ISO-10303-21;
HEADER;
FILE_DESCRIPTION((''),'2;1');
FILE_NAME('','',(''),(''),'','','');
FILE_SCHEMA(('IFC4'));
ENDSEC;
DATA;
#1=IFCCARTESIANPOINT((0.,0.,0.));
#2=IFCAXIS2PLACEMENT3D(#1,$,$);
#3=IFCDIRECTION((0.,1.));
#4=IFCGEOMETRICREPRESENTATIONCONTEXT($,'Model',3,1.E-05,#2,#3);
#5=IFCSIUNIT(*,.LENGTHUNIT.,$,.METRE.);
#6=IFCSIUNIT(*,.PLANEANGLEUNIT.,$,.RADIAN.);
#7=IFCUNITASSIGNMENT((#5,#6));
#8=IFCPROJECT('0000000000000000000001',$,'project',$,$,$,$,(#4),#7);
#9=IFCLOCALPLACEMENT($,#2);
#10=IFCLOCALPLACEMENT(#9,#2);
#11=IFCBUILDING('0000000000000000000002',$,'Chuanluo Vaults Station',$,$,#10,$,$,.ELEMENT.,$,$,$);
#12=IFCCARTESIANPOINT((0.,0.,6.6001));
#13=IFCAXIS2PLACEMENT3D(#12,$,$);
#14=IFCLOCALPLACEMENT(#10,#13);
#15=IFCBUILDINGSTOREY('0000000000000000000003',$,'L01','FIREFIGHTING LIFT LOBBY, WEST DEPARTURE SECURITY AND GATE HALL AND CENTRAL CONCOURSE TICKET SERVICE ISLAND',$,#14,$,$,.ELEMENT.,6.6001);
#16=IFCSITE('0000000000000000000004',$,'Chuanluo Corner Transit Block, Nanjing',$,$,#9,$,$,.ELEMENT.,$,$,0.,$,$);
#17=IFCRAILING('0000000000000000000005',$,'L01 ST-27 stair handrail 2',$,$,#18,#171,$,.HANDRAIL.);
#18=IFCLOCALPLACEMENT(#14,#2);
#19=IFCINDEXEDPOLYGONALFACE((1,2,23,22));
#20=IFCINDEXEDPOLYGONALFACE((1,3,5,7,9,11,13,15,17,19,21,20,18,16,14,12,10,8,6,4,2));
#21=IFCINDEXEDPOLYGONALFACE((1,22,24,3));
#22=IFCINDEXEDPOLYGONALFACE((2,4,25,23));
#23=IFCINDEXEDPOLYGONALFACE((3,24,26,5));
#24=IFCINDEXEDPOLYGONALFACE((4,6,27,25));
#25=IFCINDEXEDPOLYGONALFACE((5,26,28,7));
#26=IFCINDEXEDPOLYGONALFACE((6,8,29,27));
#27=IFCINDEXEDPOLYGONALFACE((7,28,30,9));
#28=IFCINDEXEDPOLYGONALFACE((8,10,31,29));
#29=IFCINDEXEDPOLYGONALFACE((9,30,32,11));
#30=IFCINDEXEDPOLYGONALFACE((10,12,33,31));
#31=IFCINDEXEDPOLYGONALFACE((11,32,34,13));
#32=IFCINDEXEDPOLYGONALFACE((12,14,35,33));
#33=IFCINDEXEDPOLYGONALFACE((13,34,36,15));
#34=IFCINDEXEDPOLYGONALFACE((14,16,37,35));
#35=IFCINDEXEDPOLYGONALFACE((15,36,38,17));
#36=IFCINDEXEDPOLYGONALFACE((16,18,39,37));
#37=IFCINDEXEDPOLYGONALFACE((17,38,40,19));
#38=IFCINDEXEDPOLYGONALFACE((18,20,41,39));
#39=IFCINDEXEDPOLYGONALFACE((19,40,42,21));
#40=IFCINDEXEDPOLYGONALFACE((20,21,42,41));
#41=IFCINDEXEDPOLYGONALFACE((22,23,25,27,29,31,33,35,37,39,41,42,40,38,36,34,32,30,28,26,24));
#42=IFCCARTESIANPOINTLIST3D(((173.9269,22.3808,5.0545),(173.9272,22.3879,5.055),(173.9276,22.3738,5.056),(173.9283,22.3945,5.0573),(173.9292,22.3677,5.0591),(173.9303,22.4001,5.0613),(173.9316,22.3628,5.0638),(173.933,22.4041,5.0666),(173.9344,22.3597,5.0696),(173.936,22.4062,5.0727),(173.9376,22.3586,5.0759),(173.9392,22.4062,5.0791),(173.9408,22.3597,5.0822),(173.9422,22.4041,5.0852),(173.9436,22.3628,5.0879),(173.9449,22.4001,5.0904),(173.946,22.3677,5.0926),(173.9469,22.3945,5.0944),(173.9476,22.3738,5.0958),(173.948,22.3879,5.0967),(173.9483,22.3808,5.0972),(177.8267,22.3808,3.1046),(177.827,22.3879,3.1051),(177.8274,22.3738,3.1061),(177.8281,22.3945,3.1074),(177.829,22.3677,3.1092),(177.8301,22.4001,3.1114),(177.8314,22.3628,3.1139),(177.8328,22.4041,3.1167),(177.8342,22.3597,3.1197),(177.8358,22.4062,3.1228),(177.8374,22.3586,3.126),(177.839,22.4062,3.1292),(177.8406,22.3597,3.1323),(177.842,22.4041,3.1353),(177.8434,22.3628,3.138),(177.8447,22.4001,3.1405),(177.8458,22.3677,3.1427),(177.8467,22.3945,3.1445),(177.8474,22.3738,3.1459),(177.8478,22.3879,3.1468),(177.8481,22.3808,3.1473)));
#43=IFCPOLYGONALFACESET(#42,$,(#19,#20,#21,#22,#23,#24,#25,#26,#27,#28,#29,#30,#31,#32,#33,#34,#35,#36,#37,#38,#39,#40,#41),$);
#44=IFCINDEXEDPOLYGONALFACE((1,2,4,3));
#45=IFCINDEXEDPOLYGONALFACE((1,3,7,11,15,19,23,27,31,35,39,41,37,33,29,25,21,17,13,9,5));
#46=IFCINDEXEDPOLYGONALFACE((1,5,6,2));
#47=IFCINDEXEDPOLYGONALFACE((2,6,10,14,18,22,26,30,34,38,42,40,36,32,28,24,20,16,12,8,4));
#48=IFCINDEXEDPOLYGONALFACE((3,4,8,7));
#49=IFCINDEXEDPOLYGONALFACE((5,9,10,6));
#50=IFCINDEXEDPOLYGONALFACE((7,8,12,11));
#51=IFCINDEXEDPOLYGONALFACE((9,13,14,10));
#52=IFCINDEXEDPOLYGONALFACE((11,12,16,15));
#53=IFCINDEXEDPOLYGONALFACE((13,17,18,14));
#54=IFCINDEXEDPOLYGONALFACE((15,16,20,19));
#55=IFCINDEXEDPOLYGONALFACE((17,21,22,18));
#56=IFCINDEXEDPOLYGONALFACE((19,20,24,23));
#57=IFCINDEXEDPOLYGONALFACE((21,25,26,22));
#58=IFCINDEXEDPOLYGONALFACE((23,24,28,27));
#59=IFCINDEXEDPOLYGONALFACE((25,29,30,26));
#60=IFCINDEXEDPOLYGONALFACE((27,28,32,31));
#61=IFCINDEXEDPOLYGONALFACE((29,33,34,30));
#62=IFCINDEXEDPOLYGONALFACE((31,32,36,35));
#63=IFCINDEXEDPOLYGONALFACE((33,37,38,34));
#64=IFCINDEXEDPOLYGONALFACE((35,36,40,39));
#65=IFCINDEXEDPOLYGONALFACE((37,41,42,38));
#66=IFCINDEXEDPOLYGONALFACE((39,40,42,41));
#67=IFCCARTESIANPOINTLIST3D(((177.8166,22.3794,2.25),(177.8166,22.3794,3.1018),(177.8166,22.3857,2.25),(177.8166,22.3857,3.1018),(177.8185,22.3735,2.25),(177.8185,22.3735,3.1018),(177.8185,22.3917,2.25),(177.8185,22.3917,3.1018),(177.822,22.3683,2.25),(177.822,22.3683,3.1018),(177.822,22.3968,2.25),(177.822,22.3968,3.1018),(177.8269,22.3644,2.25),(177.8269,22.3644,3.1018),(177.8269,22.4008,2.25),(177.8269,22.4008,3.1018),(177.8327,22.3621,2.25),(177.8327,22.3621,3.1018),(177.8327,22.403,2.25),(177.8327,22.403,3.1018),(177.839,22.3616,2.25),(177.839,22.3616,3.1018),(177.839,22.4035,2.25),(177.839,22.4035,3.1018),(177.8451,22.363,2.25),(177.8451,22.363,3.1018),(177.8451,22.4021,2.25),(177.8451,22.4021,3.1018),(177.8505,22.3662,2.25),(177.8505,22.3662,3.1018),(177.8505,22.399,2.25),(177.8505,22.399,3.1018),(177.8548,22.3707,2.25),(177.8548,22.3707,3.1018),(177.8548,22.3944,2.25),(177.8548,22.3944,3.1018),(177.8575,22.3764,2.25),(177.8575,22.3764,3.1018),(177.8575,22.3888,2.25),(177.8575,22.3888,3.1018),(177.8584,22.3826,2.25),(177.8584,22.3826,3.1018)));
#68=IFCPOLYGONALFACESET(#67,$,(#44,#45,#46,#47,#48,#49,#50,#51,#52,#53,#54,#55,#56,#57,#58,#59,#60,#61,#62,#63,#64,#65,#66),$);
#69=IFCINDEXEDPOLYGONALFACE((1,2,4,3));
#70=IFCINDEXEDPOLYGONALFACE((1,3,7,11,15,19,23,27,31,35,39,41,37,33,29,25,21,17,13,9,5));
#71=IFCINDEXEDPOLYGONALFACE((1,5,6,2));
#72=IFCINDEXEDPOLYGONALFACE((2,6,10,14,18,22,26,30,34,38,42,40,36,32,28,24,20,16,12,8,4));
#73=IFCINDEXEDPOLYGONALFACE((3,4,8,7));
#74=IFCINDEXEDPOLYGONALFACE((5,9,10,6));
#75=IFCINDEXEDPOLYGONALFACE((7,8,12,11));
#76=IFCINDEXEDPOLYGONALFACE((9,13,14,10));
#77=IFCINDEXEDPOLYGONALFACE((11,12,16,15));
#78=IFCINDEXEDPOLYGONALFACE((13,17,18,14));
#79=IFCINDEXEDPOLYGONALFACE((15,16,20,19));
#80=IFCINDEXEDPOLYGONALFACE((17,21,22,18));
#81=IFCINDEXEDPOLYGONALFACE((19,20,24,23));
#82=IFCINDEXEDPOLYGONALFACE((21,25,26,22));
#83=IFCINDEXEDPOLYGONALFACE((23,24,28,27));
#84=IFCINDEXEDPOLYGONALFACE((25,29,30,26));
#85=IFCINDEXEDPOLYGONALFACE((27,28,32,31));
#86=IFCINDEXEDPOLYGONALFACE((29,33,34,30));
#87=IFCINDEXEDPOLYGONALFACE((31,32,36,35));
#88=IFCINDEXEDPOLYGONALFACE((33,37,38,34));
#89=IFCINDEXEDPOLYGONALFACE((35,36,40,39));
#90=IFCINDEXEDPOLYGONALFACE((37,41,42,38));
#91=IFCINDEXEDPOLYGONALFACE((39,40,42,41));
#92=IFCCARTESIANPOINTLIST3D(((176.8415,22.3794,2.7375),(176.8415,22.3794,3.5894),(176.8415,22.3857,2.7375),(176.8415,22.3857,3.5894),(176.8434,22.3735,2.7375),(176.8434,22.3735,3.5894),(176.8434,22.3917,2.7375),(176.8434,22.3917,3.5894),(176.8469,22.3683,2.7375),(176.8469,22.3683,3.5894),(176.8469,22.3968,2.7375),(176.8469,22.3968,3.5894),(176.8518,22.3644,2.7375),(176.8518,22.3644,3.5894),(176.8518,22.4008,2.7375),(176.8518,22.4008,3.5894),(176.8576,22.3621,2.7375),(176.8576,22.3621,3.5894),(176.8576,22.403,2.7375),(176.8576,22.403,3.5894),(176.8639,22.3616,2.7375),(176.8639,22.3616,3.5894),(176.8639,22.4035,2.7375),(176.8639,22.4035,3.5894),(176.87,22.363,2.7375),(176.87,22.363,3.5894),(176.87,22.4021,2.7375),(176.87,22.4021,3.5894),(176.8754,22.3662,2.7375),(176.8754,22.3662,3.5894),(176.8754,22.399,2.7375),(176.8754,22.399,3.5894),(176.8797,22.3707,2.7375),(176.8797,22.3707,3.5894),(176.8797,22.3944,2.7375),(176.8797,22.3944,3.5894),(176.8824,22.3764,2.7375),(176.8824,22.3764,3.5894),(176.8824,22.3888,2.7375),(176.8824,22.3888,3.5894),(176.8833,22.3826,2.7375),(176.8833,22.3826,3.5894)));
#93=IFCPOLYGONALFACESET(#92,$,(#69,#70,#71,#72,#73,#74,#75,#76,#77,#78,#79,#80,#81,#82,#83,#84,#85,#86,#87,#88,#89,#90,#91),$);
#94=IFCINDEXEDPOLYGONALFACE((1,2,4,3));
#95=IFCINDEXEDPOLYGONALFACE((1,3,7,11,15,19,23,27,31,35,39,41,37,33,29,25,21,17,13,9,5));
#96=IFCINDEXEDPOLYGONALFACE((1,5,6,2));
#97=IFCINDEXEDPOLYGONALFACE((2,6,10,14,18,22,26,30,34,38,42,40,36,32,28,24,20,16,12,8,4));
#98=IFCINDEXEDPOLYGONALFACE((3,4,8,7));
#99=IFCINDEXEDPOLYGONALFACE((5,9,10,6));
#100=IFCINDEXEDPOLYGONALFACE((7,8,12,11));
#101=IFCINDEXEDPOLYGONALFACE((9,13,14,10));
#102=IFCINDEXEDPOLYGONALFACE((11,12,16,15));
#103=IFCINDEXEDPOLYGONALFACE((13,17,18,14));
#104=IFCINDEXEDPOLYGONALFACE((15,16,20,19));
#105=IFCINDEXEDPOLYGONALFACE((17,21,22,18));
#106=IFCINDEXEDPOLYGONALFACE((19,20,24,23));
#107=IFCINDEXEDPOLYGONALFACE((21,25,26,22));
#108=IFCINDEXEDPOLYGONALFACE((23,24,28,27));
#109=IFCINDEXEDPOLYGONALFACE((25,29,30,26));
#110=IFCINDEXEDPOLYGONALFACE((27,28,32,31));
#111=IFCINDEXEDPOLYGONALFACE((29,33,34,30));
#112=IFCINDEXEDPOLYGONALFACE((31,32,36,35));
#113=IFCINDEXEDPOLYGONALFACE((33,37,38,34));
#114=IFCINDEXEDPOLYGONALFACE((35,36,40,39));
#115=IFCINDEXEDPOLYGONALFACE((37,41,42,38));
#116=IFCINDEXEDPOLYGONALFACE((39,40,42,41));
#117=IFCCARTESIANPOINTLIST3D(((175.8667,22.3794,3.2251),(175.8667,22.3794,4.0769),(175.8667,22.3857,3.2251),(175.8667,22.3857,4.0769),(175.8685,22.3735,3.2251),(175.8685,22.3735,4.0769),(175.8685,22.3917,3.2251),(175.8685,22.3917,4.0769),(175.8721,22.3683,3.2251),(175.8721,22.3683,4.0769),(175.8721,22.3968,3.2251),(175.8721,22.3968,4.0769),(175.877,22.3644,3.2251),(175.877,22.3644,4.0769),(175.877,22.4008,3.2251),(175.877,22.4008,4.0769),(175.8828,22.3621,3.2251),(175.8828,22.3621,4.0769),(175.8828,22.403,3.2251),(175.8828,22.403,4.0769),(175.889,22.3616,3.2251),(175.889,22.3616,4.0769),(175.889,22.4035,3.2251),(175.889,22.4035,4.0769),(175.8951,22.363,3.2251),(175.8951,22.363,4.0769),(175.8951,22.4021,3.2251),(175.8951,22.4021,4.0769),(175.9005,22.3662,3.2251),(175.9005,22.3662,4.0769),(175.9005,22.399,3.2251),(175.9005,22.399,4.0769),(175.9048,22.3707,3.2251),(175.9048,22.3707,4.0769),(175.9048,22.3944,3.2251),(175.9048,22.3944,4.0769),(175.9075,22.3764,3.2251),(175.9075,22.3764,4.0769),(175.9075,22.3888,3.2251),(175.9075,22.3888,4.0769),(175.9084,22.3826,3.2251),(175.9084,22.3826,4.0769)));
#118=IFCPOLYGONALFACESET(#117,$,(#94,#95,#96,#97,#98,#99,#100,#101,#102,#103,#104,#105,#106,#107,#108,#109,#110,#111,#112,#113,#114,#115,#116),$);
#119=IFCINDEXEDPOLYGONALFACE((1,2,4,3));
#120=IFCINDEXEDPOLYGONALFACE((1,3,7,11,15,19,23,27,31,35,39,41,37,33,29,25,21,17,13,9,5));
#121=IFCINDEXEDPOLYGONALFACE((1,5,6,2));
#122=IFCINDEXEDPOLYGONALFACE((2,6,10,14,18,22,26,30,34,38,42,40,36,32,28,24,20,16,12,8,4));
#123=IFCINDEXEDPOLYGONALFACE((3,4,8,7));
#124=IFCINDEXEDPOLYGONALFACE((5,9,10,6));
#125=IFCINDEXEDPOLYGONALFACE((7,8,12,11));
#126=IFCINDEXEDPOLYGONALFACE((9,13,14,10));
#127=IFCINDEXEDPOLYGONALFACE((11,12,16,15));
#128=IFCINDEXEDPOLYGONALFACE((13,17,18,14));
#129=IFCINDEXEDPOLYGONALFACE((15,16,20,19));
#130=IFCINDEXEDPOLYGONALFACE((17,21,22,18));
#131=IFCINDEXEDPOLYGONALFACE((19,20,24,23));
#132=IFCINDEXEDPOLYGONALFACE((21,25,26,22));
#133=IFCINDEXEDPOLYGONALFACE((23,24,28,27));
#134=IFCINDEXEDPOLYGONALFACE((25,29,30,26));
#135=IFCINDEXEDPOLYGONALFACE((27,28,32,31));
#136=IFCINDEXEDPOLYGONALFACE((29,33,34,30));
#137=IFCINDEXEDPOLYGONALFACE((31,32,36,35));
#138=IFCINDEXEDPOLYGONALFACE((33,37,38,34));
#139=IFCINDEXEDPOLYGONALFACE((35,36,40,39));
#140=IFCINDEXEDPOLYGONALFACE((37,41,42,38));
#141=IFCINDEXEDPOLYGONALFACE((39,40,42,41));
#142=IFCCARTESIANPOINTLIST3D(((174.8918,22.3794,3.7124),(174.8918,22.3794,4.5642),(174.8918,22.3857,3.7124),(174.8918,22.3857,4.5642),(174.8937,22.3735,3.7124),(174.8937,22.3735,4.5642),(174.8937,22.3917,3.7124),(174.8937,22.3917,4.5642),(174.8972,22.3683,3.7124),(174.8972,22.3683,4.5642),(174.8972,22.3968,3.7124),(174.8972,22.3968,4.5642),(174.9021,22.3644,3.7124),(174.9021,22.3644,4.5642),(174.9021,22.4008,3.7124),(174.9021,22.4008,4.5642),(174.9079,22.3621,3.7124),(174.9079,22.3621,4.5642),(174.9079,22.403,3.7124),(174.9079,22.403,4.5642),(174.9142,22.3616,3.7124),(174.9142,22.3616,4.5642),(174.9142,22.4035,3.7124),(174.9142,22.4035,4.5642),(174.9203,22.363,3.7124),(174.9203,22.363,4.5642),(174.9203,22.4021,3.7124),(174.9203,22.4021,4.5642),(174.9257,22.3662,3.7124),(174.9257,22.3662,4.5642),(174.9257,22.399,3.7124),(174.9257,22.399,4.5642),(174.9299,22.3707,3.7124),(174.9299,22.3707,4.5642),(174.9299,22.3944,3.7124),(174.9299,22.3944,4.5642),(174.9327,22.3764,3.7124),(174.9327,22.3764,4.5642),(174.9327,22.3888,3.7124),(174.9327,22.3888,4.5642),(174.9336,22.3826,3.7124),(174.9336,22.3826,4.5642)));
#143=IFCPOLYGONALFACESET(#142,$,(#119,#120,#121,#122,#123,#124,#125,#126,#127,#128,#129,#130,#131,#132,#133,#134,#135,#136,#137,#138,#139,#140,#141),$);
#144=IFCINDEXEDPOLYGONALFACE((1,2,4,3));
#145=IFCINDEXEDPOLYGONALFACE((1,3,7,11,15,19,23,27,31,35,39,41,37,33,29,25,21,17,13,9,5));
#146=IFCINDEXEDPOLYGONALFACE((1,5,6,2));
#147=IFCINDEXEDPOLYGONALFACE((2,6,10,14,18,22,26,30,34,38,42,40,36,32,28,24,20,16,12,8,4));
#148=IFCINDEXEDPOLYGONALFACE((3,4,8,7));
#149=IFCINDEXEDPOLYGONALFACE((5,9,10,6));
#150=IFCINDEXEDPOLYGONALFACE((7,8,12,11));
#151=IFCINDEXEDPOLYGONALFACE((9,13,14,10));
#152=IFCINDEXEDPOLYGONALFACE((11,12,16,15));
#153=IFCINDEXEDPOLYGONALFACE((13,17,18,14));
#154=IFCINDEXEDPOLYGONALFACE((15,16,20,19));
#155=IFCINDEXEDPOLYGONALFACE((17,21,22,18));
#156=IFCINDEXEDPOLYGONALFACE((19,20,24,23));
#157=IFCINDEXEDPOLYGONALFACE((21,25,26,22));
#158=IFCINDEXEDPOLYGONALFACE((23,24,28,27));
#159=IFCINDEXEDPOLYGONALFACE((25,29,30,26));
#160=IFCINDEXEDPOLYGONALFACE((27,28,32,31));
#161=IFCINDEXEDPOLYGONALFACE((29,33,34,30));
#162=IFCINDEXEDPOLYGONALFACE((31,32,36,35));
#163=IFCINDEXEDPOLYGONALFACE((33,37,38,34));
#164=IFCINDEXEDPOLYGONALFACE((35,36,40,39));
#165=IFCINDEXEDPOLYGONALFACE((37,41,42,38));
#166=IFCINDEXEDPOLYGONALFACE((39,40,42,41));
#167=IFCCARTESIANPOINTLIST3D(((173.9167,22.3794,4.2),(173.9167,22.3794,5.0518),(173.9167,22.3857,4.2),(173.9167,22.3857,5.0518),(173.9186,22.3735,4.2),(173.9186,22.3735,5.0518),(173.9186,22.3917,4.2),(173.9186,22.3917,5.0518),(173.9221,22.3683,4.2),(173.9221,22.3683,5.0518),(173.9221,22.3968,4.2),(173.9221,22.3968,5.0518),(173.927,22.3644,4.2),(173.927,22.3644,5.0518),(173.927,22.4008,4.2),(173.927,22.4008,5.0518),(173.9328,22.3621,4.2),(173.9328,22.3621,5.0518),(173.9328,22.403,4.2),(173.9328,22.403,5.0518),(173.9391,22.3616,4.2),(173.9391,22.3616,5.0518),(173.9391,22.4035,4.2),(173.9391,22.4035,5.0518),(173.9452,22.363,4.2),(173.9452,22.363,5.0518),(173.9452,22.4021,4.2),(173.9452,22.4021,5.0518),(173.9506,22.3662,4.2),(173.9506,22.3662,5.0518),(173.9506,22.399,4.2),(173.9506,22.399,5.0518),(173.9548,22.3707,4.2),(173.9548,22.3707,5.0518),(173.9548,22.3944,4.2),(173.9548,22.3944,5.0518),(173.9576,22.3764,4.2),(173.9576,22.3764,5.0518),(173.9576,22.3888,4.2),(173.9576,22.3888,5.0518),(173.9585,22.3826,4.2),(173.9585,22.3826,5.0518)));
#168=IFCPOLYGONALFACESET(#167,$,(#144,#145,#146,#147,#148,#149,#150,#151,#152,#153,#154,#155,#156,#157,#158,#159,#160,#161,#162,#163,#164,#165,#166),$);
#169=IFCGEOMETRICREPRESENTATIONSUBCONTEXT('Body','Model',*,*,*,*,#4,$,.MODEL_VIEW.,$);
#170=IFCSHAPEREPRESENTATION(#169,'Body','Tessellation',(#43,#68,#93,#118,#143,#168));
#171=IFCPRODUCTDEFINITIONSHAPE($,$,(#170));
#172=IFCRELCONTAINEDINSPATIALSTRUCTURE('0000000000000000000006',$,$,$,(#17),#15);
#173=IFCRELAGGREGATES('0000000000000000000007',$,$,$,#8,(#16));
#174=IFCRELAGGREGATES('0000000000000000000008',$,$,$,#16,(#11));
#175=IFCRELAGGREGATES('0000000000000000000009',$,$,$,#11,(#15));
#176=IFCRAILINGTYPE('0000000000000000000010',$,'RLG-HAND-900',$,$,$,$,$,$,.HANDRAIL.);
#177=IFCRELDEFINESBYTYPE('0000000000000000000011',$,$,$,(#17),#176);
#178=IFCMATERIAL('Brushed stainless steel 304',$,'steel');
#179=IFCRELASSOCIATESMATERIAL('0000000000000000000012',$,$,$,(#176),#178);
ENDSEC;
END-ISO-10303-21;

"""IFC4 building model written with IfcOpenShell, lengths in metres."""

from ifc_helpers import new_model, si_unit, direction, frame, origin, origin_2d, place, context, subcontext, project, spatial, circle, extrude, material, type_object, element, save


model = new_model("IFC4")

# Units and contexts
model_context = context("Model", 3, precision=1e-05, world=origin(), true_north=direction((0.0, 1.0)))
body_context = subcontext(model_context, "Body", "Model", "MODEL_VIEW")
ifc_project = project(units=[si_unit("LENGTHUNIT", "METRE"), si_unit("PLANEANGLEUNIT", "RADIAN")], contexts=[model_context])

# Site, building, storey
site_placement = place(None, origin())
site = spatial("IfcSite", under=ifc_project, at=site_placement, Name="Chuanluo Corner Transit Block, Nanjing", CompositionType="ELEMENT", RefElevation=0.0)
building_placement = place(site_placement, origin())
building = spatial("IfcBuilding", under=site, at=building_placement, Name="Chuanluo Vaults Station", CompositionType="ELEMENT")
storey_placement = place(building_placement, frame((0.0, 0.0, 6.6001)))
storey = spatial("IfcBuildingStorey", under=building, at=storey_placement, Name="L01", Description="FIREFIGHTING LIFT LOBBY, WEST DEPARTURE SECURITY AND GATE HALL AND CENTRAL CONCOURSE TICKET SERVICE ISLAND", CompositionType="ELEMENT", Elevation=6.6001)

# Railing
ifc_material_1 = material(Name="Brushed stainless steel 304", Category="steel")
railing_type_1 = type_object("IfcRailingType", Name="RLG-HAND-900", PredefinedType="HANDRAIL", material=ifc_material_1)
railing_1_placement = place(storey_placement, frame((177.8374, 22.3826, 2.25)))
element("IfcRailing", 1, at=railing_1_placement, inside=storey, type_object=railing_type_1, Name="L01 ST-27 stair handrail 2", PredefinedType="HANDRAIL", context=body_context, shape_type="SweptSolid", body=[
    extrude(circle(Radius=0.0239, at=origin_2d()), frame((0.0, 0.0, 0.876), z_axis=(-0.894427, 0.0, 0.447214), x_axis=(0.0, -1.0, 0.0)), (0.0, 0.0, 1.0), 4.3601),
    extrude(circle(Radius=0.021, at=origin_2d()), origin(), (0.0, 0.0, 1.0), 0.8518),
    extrude(circle(Radius=0.021, at=origin_2d()), frame((-0.9751, 0.0, 0.4875)), (0.0, 0.0, 1.0), 0.8518),
    extrude(circle(Radius=0.021, at=origin_2d()), frame((-1.95, 0.0, 0.9751)), (0.0, 0.0, 1.0), 0.8518),
    extrude(circle(Radius=0.021, at=origin_2d()), frame((-2.9248, 0.0, 1.4624)), (0.0, 0.0, 1.0), 0.8518),
    extrude(circle(Radius=0.021, at=origin_2d()), frame((-3.8999, 0.0, 1.95)), (0.0, 0.0, 1.0), 0.8518),
])

save(model, "model.ifc")
